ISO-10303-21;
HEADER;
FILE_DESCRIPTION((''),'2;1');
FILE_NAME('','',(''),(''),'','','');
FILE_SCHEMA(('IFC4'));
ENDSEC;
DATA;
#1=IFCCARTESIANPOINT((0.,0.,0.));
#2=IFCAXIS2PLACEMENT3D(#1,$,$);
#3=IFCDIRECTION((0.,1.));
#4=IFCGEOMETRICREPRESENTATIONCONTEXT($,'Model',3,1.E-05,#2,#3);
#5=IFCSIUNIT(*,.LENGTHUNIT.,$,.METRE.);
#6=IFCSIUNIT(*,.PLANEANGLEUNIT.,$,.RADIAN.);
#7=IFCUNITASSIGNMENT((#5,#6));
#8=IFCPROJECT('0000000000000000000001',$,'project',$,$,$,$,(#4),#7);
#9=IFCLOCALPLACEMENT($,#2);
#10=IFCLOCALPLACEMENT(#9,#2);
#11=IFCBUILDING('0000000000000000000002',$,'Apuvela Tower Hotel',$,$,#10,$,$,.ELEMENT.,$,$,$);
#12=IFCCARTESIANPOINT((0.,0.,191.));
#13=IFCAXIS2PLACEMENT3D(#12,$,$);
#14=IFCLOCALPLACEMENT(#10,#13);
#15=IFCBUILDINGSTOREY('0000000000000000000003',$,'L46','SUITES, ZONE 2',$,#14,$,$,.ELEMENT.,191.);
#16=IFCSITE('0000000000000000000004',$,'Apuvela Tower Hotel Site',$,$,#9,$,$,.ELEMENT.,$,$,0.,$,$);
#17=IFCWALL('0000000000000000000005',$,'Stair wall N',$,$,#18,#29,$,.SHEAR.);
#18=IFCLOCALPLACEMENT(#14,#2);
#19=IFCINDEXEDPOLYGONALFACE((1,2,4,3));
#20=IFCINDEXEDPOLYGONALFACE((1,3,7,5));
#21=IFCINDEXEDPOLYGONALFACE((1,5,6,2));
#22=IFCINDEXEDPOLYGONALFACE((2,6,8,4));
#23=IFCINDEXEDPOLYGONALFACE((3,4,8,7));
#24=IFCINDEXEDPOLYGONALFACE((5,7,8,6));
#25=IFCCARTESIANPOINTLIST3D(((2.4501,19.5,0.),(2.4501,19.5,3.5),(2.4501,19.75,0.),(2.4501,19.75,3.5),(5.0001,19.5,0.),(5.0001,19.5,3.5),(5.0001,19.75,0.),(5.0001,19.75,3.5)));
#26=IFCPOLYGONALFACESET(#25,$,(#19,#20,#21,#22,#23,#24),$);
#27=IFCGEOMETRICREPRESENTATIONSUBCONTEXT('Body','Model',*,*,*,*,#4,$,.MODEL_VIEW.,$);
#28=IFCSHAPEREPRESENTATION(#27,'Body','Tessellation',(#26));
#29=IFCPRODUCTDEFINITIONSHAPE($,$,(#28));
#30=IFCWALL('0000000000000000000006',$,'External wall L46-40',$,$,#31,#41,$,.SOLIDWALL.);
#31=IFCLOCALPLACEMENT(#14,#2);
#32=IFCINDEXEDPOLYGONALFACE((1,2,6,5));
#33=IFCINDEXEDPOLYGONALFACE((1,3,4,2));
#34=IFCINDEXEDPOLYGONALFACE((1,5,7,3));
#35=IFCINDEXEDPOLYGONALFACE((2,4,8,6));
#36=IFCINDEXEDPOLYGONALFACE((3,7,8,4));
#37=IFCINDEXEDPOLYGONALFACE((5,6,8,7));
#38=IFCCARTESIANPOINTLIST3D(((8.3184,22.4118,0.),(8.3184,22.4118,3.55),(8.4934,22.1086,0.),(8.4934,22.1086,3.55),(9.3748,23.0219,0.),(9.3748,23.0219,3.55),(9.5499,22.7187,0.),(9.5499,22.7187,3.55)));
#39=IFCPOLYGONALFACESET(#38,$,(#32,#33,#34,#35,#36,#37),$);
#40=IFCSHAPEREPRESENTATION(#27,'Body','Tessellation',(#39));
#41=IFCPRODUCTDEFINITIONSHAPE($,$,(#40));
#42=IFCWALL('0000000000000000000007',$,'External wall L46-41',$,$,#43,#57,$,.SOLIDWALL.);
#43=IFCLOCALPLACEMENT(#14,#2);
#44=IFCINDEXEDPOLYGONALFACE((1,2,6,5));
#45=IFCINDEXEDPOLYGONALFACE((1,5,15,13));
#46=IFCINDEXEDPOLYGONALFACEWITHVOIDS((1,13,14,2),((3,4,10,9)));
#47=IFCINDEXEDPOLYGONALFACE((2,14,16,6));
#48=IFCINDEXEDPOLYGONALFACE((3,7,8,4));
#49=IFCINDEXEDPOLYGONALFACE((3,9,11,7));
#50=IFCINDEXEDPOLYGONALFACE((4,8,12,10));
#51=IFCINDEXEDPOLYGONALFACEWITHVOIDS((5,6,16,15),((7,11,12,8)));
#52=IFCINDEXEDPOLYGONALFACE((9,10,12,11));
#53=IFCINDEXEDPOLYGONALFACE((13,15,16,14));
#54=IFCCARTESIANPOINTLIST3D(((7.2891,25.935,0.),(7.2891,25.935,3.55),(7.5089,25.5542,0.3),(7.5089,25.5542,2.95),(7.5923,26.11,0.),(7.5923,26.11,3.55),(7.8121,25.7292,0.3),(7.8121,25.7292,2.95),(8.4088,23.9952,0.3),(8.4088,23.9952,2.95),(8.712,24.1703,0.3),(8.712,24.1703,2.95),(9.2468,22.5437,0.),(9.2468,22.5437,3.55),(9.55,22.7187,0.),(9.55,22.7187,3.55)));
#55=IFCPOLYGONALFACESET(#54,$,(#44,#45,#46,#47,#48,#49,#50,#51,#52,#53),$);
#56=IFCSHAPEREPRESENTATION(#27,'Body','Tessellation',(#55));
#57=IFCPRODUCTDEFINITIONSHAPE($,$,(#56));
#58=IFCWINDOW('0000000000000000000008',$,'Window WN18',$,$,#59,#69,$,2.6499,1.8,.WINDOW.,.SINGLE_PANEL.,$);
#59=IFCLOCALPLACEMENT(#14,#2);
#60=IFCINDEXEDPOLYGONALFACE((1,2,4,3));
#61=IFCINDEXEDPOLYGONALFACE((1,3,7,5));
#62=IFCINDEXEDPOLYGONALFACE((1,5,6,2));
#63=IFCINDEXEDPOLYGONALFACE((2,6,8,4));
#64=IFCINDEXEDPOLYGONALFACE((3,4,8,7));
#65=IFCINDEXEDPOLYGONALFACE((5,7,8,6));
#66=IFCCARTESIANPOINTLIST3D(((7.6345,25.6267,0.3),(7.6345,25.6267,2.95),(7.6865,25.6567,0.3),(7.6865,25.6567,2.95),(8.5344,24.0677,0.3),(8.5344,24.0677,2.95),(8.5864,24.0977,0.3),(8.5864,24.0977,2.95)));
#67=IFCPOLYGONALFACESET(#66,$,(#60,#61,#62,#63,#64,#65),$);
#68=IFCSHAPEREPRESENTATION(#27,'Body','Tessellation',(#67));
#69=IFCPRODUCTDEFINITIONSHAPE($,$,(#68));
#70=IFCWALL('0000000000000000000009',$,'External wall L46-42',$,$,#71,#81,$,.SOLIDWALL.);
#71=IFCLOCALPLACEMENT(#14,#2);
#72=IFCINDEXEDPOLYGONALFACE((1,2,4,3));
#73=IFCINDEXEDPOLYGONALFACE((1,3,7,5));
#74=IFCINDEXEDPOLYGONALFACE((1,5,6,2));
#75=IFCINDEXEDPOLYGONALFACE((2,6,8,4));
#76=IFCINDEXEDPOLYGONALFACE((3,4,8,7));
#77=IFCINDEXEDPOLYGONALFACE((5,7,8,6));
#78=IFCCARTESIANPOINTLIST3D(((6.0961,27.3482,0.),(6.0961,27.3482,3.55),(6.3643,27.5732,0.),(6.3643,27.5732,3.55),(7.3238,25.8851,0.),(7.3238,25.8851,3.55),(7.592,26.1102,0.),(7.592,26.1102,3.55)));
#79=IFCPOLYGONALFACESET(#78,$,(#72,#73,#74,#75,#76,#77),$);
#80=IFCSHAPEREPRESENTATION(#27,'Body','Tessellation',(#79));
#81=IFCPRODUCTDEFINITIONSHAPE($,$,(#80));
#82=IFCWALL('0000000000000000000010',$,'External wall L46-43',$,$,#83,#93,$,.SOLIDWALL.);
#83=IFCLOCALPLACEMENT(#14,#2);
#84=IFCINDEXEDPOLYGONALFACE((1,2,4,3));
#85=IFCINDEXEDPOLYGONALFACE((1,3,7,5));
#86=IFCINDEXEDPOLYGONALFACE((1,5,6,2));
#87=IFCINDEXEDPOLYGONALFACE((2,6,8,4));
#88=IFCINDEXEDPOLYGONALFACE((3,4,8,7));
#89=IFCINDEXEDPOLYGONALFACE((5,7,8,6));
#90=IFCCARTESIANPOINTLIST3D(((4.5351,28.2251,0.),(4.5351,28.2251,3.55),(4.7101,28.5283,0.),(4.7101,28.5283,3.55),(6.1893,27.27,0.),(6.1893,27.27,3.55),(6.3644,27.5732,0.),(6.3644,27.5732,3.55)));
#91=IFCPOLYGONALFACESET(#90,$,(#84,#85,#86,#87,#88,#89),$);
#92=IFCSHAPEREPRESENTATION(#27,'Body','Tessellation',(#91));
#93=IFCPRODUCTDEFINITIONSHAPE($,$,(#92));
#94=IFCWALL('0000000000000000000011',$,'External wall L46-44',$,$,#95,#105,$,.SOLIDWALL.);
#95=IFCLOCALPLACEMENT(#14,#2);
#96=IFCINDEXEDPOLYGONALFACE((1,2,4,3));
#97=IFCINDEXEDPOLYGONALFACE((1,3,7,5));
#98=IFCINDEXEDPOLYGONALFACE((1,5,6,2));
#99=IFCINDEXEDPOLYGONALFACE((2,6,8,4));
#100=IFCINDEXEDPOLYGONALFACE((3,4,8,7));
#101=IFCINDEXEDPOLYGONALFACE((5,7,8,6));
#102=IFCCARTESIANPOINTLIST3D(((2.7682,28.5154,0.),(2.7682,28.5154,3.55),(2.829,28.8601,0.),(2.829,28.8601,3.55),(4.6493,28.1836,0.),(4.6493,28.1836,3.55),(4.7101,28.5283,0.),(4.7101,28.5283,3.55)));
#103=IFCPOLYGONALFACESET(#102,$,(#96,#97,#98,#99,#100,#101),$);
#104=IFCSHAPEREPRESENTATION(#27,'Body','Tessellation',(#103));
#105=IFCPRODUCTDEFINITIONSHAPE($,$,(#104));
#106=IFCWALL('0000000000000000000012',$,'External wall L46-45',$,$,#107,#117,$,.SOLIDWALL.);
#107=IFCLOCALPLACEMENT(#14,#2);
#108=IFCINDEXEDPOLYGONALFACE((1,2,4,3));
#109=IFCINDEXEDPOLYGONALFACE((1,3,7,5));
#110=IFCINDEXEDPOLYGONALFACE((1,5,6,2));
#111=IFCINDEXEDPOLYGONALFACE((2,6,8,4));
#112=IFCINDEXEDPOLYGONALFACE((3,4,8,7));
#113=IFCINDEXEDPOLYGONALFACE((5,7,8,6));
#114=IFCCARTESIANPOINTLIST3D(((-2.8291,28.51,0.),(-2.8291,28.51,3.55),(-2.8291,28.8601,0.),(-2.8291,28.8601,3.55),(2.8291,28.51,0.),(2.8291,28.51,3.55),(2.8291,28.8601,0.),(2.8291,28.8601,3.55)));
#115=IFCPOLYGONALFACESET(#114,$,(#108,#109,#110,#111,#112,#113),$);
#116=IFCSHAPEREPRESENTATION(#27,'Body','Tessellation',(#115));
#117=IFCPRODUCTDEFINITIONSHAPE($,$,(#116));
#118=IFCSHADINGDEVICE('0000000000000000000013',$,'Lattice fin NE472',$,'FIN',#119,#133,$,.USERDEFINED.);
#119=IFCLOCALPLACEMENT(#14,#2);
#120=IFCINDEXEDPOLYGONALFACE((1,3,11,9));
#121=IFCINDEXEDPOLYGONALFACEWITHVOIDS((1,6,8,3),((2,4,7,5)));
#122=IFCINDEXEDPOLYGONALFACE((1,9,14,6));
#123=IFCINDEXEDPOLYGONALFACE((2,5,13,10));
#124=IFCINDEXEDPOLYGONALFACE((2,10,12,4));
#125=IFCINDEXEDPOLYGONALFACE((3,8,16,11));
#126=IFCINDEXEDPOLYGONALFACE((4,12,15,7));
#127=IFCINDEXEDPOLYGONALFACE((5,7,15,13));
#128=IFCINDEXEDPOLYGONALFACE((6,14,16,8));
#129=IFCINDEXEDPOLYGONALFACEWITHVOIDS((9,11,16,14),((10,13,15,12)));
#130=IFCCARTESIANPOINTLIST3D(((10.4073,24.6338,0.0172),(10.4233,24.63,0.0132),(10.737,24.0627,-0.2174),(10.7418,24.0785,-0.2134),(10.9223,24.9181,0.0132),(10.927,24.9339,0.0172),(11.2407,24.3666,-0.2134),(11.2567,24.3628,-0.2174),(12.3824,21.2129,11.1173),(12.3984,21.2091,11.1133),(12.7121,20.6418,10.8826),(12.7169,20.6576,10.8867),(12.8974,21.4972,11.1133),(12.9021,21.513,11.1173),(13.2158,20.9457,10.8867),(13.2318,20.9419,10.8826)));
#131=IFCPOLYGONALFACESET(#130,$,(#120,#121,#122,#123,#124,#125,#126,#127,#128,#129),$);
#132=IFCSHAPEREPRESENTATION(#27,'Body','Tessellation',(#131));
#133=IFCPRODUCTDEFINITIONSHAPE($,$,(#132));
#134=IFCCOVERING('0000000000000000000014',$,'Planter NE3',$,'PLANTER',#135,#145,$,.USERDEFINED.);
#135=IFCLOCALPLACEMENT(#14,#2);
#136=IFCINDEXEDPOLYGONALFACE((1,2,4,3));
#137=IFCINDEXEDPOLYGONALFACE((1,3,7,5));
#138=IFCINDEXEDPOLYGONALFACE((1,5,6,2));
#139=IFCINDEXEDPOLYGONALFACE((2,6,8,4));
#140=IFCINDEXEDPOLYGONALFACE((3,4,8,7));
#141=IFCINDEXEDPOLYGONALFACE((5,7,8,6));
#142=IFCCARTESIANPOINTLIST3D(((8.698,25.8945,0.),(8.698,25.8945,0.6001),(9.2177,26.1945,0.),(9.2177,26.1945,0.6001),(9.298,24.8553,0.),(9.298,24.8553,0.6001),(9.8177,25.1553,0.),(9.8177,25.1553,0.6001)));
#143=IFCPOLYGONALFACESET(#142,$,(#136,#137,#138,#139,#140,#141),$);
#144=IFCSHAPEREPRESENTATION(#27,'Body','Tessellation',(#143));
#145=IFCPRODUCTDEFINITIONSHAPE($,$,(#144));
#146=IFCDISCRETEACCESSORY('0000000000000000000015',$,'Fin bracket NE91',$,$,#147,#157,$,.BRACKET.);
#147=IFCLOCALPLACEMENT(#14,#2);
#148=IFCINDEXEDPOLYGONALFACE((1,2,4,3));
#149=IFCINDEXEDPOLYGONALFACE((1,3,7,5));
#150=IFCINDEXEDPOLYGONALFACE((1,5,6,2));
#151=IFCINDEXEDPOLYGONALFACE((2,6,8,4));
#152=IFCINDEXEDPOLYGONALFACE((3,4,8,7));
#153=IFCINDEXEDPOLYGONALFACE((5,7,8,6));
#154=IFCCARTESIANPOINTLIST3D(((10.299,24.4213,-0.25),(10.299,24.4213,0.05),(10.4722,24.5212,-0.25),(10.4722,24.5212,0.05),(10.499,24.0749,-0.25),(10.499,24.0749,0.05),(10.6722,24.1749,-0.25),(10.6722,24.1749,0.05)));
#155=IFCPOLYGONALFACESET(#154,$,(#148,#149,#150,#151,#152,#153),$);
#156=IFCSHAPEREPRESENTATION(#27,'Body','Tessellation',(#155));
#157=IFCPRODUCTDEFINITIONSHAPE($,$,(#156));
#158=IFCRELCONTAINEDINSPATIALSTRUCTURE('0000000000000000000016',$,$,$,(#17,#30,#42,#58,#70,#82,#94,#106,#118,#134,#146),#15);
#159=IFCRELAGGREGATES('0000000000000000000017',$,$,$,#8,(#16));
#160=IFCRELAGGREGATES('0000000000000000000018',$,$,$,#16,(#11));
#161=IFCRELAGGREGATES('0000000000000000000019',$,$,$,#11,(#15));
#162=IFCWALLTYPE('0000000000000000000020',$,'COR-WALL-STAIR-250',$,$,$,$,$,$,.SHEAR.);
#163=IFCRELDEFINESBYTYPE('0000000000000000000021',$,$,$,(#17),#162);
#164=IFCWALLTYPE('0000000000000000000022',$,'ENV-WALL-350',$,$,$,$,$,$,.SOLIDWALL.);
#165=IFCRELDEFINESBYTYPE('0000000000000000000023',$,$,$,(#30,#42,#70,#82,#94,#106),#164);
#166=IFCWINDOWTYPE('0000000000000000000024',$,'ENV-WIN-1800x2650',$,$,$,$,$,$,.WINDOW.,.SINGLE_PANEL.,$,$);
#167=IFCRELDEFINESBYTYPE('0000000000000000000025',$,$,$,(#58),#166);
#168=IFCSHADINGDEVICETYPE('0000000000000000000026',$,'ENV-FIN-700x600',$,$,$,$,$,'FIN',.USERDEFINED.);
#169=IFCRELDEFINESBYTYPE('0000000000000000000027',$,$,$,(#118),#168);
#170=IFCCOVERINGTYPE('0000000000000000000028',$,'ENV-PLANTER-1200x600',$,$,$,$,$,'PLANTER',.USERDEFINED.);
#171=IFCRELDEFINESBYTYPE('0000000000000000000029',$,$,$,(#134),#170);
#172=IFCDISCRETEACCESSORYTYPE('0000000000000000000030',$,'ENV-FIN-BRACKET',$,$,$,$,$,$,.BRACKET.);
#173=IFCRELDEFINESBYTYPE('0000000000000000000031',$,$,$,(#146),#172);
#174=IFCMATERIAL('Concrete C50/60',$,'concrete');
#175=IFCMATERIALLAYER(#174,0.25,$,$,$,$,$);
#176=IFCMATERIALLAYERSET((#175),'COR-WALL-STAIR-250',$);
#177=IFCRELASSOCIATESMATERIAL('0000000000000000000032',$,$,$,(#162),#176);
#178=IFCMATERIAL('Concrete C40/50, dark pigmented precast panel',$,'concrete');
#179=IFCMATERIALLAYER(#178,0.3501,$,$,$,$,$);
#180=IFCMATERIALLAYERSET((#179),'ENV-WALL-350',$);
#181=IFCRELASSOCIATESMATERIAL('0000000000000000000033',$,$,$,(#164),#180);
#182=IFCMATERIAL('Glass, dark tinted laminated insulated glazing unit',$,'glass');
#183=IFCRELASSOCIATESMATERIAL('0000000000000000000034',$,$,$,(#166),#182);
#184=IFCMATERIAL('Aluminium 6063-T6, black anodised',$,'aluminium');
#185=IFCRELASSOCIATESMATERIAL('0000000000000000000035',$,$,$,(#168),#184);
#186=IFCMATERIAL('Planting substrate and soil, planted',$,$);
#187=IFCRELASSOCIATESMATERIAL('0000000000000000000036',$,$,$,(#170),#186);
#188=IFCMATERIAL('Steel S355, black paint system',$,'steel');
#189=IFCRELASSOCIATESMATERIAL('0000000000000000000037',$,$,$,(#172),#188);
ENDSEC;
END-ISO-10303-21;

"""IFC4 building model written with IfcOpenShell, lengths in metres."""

from ifc_helpers import new_model, si_unit, direction, frame, frame_2d, origin, origin_2d, place, context, subcontext, project, spatial, rectangle, hollow_rectangle, extrude, material, layer, layer_set, material_profile, profile_set, type_object, element, fill, save


model = new_model("IFC4")

# Units and contexts
model_context = context("Model", 3, precision=1e-05, world=origin(), true_north=direction((0.0, 1.0)))
body_context = subcontext(model_context, "Body", "Model", "MODEL_VIEW")
ifc_project = project(units=[si_unit("LENGTHUNIT", "METRE"), si_unit("PLANEANGLEUNIT", "RADIAN")], contexts=[model_context])

# Site, building, storey
site_placement = place(None, origin())
site = spatial("IfcSite", under=ifc_project, at=site_placement, Name="Apuvela Tower Hotel Site", CompositionType="ELEMENT", RefElevation=0.0)
building_placement = place(site_placement, origin())
building = spatial("IfcBuilding", under=site, at=building_placement, Name="Apuvela Tower Hotel", CompositionType="ELEMENT")
storey_placement = place(building_placement, frame((0.0, 0.0, 191.0)))
storey = spatial("IfcBuildingStorey", under=building, at=storey_placement, Name="L46", Description="SUITES, ZONE 2", CompositionType="ELEMENT", Elevation=191.0)

# Walls
ifc_material_1 = material(Name="Concrete C50/60", Category="concrete")
ifc_layer_1 = layer(ifc_material_1, 0.25)
ifc_layer_set_1 = layer_set([ifc_layer_1], Name="COR-WALL-STAIR-250")
wall_type_1 = type_object("IfcWallType", Name="COR-WALL-STAIR-250", PredefinedType="SHEAR", material=ifc_layer_set_1)
wall_1_placement = place(storey_placement, frame((5.0, 19.625, 0.0), z_axis=(0.0, 0.0, 1.0), x_axis=(-1.0, 0.0, 0.0)))
element("IfcWall", 1, at=wall_1_placement, inside=storey, type_object=wall_type_1, Name="Stair wall N", PredefinedType="SHEAR", context=body_context, shape_type="SweptSolid", body=[
    extrude(rectangle(XDim=2.55, YDim=0.25, at=frame_2d((1.2749, 0.0))), origin(), (0.0, 0.0, 1.0), 3.5),
])
ifc_material_2 = material(Name="Concrete C40/50, dark pigmented precast panel", Category="concrete")
ifc_layer_2 = layer(ifc_material_2, 0.3501)
ifc_layer_set_2 = layer_set([ifc_layer_2], Name="ENV-WALL-350")
wall_type_2 = type_object("IfcWallType", Name="ENV-WALL-350", PredefinedType="SOLIDWALL", material=ifc_layer_set_2)
wall_2_placement = place(storey_placement, frame((8.406, 22.2603, 0.0), z_axis=(0.0, 0.0, 1.0), x_axis=(0.865956, 0.500121, 0.0)))
element("IfcWall", 2, at=wall_2_placement, inside=storey, type_object=wall_type_2, Name="External wall L46-40", PredefinedType="SOLIDWALL", context=body_context, shape_type="SweptSolid", body=[
    extrude(rectangle(XDim=1.22, YDim=0.3501, at=frame_2d((0.6099, 0.0))), origin(), (0.0, 0.0, 1.0), 3.55),
])

# Wall, opening, window
wall_3_placement = place(storey_placement, frame((9.3984, 22.6311, 0.0), z_axis=(0.0, 0.0, 1.0), x_axis=(-0.499955, 0.866052, 0.0)))
wall_3 = element("IfcWall", 3, at=wall_3_placement, inside=storey, type_object=wall_type_2, Name="External wall L46-41", PredefinedType="SOLIDWALL", context=body_context, shape_type="SweptSolid", body=[
    extrude(rectangle(XDim=3.9158, YDim=0.3501, at=frame_2d((1.958, 0.0))), origin(), (0.0, 0.0, 1.0), 3.55),
])
opening_placement = place(wall_3_placement, frame((1.6763, 0.0, 0.3)))
opening = element("IfcOpeningElement", 4, at=opening_placement, cuts=wall_3, PredefinedType="OPENING", context=body_context, shape_type="SweptSolid", body=[
    extrude(rectangle(XDim=1.8, YDim=2.6499, at=frame_2d((0.8999, 1.325))), frame((0.0, 0.1851, 0.0), z_axis=(0.0, -1.0, 0.0), x_axis=(1.0, 0.0, 0.0)), (0.0, 0.0, 1.0), 0.3701),
])
ifc_material_3 = material(Name="Glass, dark tinted laminated insulated glazing unit", Category="glass")
window_type = type_object("IfcWindowType", Name="ENV-WIN-1800x2650", PartitioningType="SINGLE_PANEL", PredefinedType="WINDOW", material=ifc_material_3)
window_placement = place(opening_placement, origin())
window = element("IfcWindow", 5, at=window_placement, inside=storey, type_object=window_type, Name="Window WN18", OverallHeight=2.6499, OverallWidth=1.8, PartitioningType="SINGLE_PANEL", PredefinedType="WINDOW", context=body_context, shape_type="SweptSolid", body=[
    extrude(rectangle(XDim=1.8, YDim=2.6499, at=frame_2d((0.8999, 1.325))), frame((0.0, 0.03, 0.0), z_axis=(0.0, -1.0, 0.0), x_axis=(1.0, 0.0, 0.0)), (0.0, 0.0, 1.0), 0.0601),
])
fill(opening, window)

# Walls
wall_4_placement = place(storey_placement, frame((7.458, 25.9976, 0.0), z_axis=(0.0, 0.0, 1.0), x_axis=(-0.642808, 0.766027, 0.0)))
element("IfcWall", 6, at=wall_4_placement, inside=storey, type_object=wall_type_2, Name="External wall L46-42", PredefinedType="SOLIDWALL", context=body_context, shape_type="SweptSolid", body=[
    extrude(rectangle(XDim=1.9099, YDim=0.3501, at=frame_2d((0.9551, 0.0))), origin(), (0.0, 0.0, 1.0), 3.55),
])
for number, where, z_axis, x_axis, name in (
    (7, (6.2769, 27.4216, 0.0), (0.0, 0.0, 1.0), (-0.866032, 0.499988, 0.0), "External wall L46-43"),
    (8, (4.6797, 28.356, 0.0), (0.0, 0.0, 1.0), (-0.984799, 0.173698, 0.0), "External wall L46-44"),
):
    element("IfcWall", number, at=place(storey_placement, frame(where, z_axis=z_axis, x_axis=x_axis)), inside=storey, type_object=wall_type_2, Name=name, PredefinedType="SOLIDWALL", context=body_context, shape_type="SweptSolid", body=[
        extrude(rectangle(XDim=1.9102, YDim=0.3501, at=frame_2d((0.9551, 0.0))), origin(), (0.0, 0.0, 1.0), 3.55),
    ])
wall_5_placement = place(storey_placement, frame((2.8291, 28.6851, 0.0), z_axis=(0.0, 0.0, 1.0), x_axis=(-1.0, 0.0, 0.0)))
element("IfcWall", 9, at=wall_5_placement, inside=storey, type_object=wall_type_2, Name="External wall L46-45", PredefinedType="SOLIDWALL", context=body_context, shape_type="SweptSolid", body=[
    extrude(rectangle(XDim=5.6582, YDim=0.3501, at=frame_2d((2.8291, 0.0))), origin(), (0.0, 0.0, 1.0), 3.55),
])

# Shading device
ifc_material_4 = material(Name="Aluminium 6063-T6, black anodised", Category="aluminium")
ifc_material_profile_1 = material_profile(ifc_material_4, hollow_rectangle(XDim=0.6001, YDim=0.7, WallThickness=0.012, at=origin_2d()), Name="AL BOX 700x600x12")
ifc_profile_set_1 = profile_set([ifc_material_profile_1], Name="Aluminium 6063-T6, black anodised")
shading_device_type = type_object("IfcShadingDeviceType", Name="ENV-FIN-700x600", ElementType="FIN", PredefinedType="USERDEFINED", material=ifc_profile_set_1)
shading_device_placement = place(storey_placement, frame((10.832, 24.4983, -0.1001), z_axis=(0.167637, -0.290349, 0.942123), x_axis=(0.866021, 0.500008, 0.0)))
element("IfcShadingDevice", 10, at=shading_device_placement, inside=storey, type_object=shading_device_type, Name="Lattice fin NE472", ObjectType="FIN", PredefinedType="USERDEFINED", context=body_context, shape_type="SweptSolid", body=[
    extrude(hollow_rectangle(XDim=0.6001, YDim=0.7, WallThickness=0.012, at=origin_2d()), origin(), (0.0, 0.0, 1.0), 11.782),
])

# Covering
ifc_material_5 = material(Name="Planting substrate and soil, planted")
covering_type = type_object("IfcCoveringType", Name="ENV-PLANTER-1200x600", ElementType="PLANTER", PredefinedType="USERDEFINED", material=ifc_material_5)
covering_placement = place(storey_placement, frame((9.2578, 25.5249, 0.0), z_axis=(0.0, 0.0, 1.0), x_axis=(-0.5, 0.866025, 0.0)))
element("IfcCovering", 11, at=covering_placement, inside=storey, type_object=covering_type, Name="Planter NE3", ObjectType="PLANTER", PredefinedType="USERDEFINED", context=body_context, shape_type="SweptSolid", body=[
    extrude(rectangle(XDim=1.2, YDim=0.6001, at=origin_2d()), origin(), (0.0, 0.0, 1.0), 0.6001),
])

# Discrete accessory
ifc_material_6 = material(Name="Steel S355, black paint system", Category="steel")
discrete_accessory_type = type_object("IfcDiscreteAccessoryType", Name="ENV-FIN-BRACKET", PredefinedType="BRACKET", material=ifc_material_6)
discrete_accessory_placement = place(storey_placement, frame((10.4856, 24.2981, -0.25), z_axis=(0.0, 0.0, 1.0), x_axis=(-0.5, 0.866025, 0.0)))
element("IfcDiscreteAccessory", 12, at=discrete_accessory_placement, inside=storey, type_object=discrete_accessory_type, Name="Fin bracket NE91", PredefinedType="BRACKET", context=body_context, shape_type="SweptSolid", body=[
    extrude(rectangle(XDim=0.3999, YDim=0.2, at=origin_2d()), origin(), (0.0, 0.0, 1.0), 0.3),
])

save(model, "model.ifc")
